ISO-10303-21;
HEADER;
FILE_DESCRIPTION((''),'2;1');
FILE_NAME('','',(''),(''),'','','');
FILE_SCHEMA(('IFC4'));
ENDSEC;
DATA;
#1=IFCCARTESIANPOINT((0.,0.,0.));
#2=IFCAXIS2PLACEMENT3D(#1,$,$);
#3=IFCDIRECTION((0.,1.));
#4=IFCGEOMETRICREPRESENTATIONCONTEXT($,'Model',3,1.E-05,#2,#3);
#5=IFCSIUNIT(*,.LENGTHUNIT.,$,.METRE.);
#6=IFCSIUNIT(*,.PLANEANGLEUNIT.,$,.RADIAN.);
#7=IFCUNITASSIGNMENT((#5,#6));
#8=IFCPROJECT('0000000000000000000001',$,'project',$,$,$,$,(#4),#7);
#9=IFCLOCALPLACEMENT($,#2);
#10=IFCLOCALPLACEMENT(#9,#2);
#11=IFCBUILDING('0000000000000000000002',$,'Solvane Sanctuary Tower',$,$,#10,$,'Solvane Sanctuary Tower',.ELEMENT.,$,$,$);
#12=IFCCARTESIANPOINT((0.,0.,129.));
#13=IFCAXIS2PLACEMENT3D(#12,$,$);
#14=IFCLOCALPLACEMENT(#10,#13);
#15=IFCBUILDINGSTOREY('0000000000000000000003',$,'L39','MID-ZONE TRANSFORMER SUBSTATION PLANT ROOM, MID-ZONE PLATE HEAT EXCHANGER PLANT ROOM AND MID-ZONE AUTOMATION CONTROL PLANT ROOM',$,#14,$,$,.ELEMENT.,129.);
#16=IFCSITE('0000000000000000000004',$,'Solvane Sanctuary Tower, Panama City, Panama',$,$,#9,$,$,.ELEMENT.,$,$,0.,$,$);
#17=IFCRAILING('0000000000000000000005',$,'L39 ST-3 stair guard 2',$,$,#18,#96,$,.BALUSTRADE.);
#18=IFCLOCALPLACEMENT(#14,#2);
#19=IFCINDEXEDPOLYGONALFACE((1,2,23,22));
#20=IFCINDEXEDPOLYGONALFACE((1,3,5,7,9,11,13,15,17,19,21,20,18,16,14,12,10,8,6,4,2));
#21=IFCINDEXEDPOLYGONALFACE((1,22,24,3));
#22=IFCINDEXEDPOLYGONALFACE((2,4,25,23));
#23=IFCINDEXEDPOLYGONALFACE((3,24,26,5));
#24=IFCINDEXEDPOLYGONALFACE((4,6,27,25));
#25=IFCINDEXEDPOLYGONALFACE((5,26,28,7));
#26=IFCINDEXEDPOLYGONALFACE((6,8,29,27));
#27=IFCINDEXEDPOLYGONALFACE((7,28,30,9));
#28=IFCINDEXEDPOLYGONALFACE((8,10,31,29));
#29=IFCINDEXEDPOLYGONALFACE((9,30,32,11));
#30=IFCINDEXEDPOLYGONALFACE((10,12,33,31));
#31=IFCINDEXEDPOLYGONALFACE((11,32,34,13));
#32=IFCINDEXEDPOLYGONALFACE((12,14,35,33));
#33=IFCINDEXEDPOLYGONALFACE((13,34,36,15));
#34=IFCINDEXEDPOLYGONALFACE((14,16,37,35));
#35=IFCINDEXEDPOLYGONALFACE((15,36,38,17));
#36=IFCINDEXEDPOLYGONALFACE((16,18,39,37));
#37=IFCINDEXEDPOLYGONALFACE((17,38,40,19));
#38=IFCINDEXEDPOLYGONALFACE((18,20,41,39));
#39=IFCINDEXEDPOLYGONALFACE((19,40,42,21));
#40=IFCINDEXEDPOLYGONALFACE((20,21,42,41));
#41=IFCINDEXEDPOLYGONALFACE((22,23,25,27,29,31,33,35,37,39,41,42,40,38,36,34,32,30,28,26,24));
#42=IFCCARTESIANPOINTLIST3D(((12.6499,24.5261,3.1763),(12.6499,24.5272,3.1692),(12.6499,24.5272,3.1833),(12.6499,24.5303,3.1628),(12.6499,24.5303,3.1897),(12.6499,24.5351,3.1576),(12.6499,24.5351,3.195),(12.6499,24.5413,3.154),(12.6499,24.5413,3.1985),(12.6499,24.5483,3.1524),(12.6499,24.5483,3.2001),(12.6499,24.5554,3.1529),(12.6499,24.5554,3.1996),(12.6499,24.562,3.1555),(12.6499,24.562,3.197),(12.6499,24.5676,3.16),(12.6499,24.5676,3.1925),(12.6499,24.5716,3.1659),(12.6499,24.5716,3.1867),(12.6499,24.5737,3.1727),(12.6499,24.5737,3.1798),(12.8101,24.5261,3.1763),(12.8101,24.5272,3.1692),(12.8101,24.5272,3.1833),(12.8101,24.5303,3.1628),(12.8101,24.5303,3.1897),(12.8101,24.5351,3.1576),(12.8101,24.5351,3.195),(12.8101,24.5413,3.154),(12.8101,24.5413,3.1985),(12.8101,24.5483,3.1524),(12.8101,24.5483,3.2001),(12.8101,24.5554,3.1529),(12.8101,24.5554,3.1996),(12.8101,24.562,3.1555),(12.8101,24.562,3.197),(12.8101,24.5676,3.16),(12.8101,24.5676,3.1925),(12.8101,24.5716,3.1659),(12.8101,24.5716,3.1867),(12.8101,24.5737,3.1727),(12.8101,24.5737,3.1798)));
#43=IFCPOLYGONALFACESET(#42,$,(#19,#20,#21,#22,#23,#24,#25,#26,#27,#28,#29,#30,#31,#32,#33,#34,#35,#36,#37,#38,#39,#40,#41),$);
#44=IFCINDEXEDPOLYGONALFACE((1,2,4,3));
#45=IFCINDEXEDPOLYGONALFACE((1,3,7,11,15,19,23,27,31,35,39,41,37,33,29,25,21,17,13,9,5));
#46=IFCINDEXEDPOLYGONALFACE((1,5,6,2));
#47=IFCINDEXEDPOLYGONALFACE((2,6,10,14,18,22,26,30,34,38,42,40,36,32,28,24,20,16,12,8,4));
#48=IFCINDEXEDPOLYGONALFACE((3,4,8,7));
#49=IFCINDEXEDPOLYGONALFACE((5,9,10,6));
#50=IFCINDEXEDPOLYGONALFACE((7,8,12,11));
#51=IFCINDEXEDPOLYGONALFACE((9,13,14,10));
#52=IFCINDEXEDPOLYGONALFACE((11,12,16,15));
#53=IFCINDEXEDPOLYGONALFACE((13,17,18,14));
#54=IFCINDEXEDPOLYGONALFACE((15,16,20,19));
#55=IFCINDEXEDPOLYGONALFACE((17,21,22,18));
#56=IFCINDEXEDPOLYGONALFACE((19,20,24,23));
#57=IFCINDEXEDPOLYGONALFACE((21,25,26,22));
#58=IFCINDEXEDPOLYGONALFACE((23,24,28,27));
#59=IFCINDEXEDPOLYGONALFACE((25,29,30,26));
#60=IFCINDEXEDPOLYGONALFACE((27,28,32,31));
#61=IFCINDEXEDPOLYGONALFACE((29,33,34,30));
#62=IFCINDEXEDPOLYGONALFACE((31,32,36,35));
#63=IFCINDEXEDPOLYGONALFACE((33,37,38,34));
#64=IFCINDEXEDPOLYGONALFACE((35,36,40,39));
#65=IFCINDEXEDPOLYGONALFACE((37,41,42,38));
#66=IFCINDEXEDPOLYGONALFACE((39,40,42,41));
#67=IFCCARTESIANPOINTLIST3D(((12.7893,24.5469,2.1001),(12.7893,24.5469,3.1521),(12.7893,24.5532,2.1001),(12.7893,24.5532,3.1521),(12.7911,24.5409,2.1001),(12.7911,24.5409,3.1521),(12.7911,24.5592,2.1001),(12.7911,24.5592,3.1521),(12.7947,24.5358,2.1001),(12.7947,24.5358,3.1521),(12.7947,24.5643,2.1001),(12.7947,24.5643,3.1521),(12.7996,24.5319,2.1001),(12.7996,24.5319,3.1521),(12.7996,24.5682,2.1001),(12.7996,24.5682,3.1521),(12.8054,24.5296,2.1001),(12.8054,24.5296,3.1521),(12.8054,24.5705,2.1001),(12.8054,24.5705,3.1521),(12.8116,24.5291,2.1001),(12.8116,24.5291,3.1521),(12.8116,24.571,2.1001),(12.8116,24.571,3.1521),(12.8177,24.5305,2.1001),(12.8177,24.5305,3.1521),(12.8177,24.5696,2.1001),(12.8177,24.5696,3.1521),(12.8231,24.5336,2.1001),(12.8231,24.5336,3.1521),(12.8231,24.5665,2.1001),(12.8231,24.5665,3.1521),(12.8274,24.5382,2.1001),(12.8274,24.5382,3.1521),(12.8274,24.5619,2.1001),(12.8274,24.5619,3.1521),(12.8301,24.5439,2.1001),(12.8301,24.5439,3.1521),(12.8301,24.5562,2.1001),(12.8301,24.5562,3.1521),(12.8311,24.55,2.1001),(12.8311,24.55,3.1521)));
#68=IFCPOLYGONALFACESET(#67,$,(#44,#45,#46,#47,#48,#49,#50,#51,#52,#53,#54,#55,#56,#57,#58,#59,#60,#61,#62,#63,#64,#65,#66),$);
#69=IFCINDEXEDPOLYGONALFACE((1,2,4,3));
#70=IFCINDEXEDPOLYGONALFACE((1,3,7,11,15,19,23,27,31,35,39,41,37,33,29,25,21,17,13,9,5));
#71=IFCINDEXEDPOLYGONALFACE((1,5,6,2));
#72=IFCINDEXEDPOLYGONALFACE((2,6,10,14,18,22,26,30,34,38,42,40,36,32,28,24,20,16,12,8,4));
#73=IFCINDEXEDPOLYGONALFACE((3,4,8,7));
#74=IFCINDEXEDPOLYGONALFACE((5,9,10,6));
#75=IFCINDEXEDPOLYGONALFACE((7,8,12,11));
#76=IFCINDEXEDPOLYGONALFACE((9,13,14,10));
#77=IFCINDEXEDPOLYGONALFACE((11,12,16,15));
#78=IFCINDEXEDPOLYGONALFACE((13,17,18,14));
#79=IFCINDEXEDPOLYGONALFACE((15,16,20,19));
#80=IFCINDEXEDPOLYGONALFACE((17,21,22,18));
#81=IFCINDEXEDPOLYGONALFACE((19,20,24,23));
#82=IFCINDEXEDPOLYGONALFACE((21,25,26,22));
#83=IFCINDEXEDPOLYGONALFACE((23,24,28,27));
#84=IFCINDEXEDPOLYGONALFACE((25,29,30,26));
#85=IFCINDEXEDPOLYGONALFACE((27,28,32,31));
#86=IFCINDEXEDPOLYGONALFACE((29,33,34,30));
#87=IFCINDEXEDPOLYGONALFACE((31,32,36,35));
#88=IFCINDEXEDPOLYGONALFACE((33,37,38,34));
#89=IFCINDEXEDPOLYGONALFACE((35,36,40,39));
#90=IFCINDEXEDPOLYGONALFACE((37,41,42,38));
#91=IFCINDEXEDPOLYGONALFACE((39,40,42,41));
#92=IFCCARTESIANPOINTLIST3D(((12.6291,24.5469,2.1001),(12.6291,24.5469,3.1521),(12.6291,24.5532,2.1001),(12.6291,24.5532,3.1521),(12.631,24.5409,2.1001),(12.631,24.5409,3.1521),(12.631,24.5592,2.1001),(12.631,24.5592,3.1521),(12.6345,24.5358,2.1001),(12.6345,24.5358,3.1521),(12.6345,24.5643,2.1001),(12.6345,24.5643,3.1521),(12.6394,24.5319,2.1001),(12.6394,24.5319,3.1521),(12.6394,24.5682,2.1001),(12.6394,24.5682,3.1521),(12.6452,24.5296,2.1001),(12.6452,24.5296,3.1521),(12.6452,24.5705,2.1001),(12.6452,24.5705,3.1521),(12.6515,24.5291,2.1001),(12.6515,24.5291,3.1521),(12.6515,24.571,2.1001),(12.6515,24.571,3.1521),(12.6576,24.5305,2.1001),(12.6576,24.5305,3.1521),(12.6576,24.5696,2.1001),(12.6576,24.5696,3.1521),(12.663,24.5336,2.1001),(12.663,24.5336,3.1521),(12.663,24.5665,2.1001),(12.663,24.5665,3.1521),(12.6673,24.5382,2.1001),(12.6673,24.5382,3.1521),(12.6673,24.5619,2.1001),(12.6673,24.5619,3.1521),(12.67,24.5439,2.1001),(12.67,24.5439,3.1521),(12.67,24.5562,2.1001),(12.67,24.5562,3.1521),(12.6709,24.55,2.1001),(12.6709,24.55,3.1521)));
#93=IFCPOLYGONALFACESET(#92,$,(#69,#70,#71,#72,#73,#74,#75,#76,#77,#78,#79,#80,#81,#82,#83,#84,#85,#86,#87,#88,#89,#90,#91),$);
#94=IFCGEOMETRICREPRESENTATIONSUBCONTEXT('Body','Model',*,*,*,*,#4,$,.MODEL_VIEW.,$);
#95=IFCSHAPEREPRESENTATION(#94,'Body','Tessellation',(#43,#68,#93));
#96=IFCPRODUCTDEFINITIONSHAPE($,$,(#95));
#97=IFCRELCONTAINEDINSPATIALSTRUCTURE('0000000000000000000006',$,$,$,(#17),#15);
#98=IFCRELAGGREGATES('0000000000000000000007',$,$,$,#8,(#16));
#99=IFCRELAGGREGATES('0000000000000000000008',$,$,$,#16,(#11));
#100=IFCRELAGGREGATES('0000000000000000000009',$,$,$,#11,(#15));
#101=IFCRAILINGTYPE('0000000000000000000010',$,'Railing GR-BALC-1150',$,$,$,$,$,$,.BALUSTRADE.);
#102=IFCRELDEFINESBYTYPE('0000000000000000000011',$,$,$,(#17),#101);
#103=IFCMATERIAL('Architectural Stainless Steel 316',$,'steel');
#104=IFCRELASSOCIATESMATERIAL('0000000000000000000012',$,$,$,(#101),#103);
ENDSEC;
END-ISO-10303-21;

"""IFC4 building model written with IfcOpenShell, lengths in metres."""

from ifc_helpers import new_model, si_unit, direction, frame, origin, origin_2d, place, context, subcontext, project, spatial, circle, extrude, material, type_object, element, save


model = new_model("IFC4")

# Units and contexts
model_context = context("Model", 3, precision=1e-05, world=origin(), true_north=direction((0.0, 1.0)))
body_context = subcontext(model_context, "Body", "Model", "MODEL_VIEW")
ifc_project = project(units=[si_unit("LENGTHUNIT", "METRE"), si_unit("PLANEANGLEUNIT", "RADIAN")], contexts=[model_context])

# Site, building, storey
site_placement = place(None, origin())
site = spatial("IfcSite", under=ifc_project, at=site_placement, Name="Solvane Sanctuary Tower, Panama City, Panama", CompositionType="ELEMENT", RefElevation=0.0)
building_placement = place(site_placement, origin())
building = spatial("IfcBuilding", under=site, at=building_placement, Name="Solvane Sanctuary Tower", LongName="Solvane Sanctuary Tower", CompositionType="ELEMENT")
storey_placement = place(building_placement, frame((0.0, 0.0, 129.0)))
storey = spatial("IfcBuildingStorey", under=building, at=storey_placement, Name="L39", Description="MID-ZONE TRANSFORMER SUBSTATION PLANT ROOM, MID-ZONE PLATE HEAT EXCHANGER PLANT ROOM AND MID-ZONE AUTOMATION CONTROL PLANT ROOM", CompositionType="ELEMENT", Elevation=129.0)

# Shared definitions
ifc_material_1 = material(Name="Architectural Stainless Steel 316", Category="steel")

# Railing
railing_type_1 = type_object("IfcRailingType", Name="Railing GR-BALC-1150", PredefinedType="BALUSTRADE", material=ifc_material_1)
railing_1_placement = place(storey_placement, frame((12.8101, 24.55, 2.1001)))
element("IfcRailing", 1, at=railing_1_placement, inside=storey, type_object=railing_type_1, Name="L39 ST-3 stair guard 2", PredefinedType="BALUSTRADE", context=body_context, shape_type="SweptSolid", body=[
    extrude(circle(Radius=0.0239, at=origin_2d()), frame((0.0, 0.0, 1.0762), z_axis=(-1.0, 0.0, 0.0), x_axis=(0.0, -1.0, 0.0)), (0.0, 0.0, 1.0), 0.1602),
    extrude(circle(Radius=0.021, at=origin_2d()), origin(), (0.0, 0.0, 1.0), 1.052),
    extrude(circle(Radius=0.021, at=origin_2d()), frame((-0.1602, 0.0, 0.0)), (0.0, 0.0, 1.0), 1.052),
])

save(model, "model.ifc")
